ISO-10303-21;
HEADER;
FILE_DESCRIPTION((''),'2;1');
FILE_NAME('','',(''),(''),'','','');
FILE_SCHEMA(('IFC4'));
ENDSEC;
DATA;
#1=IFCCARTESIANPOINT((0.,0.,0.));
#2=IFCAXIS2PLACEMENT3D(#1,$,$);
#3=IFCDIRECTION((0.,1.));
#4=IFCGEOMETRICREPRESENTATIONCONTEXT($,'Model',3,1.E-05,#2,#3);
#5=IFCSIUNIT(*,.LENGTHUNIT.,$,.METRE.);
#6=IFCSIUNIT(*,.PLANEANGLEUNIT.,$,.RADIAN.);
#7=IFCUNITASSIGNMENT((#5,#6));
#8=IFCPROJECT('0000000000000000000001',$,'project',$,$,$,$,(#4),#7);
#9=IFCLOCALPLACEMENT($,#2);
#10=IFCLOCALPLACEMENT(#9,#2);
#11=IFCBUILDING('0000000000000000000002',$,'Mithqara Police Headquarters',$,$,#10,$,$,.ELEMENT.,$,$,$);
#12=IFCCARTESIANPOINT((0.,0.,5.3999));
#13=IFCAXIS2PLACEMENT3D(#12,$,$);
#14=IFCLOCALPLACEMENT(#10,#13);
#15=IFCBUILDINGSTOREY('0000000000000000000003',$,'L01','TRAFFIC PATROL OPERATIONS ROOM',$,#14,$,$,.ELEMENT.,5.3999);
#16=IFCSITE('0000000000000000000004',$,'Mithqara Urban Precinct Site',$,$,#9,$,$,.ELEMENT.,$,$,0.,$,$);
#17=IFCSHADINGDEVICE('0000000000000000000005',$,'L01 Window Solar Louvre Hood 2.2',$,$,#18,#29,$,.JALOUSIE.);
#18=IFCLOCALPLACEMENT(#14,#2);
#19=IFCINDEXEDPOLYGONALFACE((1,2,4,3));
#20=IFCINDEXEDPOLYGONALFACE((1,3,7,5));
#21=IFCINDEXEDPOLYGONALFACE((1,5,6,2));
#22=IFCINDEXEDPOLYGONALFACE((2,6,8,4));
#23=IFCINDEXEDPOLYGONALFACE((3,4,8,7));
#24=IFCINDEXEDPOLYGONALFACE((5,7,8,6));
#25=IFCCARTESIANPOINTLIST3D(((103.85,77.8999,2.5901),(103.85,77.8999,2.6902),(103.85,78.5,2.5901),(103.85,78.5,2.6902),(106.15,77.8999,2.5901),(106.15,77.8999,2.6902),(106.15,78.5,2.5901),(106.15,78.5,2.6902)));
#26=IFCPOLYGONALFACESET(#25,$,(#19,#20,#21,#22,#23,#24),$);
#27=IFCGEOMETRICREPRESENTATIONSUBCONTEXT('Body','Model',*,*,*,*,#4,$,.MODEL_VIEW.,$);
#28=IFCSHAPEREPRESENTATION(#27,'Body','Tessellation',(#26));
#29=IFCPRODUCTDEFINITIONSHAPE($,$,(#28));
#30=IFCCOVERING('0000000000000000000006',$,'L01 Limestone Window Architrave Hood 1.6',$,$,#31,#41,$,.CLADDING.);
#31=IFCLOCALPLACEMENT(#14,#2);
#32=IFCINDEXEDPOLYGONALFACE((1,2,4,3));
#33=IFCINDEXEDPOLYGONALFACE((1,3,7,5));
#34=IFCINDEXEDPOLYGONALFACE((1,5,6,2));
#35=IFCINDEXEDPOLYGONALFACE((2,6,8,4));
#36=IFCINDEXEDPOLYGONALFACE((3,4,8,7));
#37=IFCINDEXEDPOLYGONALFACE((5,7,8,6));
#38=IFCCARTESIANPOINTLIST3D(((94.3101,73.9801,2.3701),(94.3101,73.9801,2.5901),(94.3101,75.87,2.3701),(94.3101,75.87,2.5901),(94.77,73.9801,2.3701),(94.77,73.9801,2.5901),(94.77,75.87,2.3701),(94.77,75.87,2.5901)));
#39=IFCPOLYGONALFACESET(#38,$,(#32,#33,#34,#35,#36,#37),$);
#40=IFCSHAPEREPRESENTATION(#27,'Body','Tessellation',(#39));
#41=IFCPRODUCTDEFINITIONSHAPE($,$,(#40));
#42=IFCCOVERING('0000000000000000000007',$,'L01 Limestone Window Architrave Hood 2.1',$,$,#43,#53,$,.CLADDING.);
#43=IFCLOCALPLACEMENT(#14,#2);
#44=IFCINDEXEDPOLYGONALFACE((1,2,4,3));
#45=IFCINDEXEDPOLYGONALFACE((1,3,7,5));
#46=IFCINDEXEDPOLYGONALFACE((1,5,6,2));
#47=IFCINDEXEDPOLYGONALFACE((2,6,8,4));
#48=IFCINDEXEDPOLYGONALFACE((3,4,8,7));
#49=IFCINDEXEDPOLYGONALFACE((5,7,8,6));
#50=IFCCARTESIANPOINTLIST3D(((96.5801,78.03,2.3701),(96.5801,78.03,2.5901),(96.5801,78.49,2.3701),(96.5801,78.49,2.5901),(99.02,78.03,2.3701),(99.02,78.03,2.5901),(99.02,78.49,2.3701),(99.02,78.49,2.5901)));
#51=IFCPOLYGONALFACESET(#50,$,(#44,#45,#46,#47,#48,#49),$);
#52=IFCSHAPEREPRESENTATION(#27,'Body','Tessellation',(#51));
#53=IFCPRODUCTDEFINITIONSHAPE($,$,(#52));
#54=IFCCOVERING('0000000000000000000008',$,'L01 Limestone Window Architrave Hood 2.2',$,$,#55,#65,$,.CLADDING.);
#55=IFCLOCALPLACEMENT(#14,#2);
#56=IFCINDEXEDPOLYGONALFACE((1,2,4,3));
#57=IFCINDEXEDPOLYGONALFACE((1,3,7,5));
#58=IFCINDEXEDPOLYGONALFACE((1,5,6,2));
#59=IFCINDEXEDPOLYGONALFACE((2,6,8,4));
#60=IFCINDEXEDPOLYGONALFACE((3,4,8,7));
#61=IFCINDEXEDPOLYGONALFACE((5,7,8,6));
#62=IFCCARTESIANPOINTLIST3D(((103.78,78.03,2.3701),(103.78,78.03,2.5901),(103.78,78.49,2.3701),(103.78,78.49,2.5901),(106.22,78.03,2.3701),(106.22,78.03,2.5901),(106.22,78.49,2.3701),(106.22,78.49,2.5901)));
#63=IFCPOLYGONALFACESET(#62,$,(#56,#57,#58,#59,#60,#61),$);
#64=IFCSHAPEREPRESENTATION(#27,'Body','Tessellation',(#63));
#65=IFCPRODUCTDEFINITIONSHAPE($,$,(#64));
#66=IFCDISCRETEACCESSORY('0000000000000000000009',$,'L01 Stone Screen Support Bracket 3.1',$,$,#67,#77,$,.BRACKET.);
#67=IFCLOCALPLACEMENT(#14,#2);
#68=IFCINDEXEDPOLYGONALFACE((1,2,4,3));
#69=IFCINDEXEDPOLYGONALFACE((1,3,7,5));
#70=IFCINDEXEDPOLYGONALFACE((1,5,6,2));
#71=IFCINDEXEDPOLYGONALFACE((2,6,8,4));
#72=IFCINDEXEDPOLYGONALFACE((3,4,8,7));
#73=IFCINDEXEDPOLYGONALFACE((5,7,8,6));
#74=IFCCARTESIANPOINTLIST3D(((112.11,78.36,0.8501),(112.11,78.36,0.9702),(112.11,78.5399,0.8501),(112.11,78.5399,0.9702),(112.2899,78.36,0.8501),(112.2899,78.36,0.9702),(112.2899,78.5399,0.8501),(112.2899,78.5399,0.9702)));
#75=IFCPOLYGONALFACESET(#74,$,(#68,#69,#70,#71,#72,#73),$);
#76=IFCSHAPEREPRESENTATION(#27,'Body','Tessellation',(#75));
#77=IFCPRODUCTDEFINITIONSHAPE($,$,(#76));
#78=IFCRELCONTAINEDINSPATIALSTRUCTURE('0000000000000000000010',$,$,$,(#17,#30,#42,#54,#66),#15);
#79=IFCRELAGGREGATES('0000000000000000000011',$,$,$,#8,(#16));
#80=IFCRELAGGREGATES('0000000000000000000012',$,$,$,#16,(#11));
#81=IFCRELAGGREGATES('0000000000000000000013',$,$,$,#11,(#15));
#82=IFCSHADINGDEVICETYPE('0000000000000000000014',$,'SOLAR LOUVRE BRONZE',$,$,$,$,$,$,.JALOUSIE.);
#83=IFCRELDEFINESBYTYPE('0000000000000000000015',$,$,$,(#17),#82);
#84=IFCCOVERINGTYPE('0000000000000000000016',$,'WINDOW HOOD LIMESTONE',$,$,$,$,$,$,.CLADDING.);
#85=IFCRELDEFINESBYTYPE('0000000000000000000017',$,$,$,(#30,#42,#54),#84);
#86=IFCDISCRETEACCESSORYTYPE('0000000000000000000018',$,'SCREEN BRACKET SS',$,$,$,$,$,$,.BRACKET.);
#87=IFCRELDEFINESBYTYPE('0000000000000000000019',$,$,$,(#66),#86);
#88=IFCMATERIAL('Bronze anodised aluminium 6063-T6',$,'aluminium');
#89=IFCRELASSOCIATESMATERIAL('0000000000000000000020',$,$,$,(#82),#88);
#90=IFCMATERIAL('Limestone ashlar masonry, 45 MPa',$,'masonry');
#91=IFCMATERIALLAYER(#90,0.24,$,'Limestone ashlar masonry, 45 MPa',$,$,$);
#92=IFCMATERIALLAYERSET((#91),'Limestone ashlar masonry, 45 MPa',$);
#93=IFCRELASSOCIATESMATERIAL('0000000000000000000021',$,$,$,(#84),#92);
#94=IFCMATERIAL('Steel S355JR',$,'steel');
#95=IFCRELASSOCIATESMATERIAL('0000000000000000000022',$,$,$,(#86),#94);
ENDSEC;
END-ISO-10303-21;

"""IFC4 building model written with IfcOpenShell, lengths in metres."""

from ifc_helpers import new_model, si_unit, direction, frame, origin, origin_2d, place, context, subcontext, project, spatial, rectangle, extrude, material, layer, layer_set, type_object, element, save


model = new_model("IFC4")

# Units and contexts
model_context = context("Model", 3, precision=1e-05, world=origin(), true_north=direction((0.0, 1.0)))
body_context = subcontext(model_context, "Body", "Model", "MODEL_VIEW")
ifc_project = project(units=[si_unit("LENGTHUNIT", "METRE"), si_unit("PLANEANGLEUNIT", "RADIAN")], contexts=[model_context])

# Site, building, storey
site_placement = place(None, origin())
site = spatial("IfcSite", under=ifc_project, at=site_placement, Name="Mithqara Urban Precinct Site", CompositionType="ELEMENT", RefElevation=0.0)
building_placement = place(site_placement, origin())
building = spatial("IfcBuilding", under=site, at=building_placement, Name="Mithqara Police Headquarters", CompositionType="ELEMENT")
storey_placement = place(building_placement, frame((0.0, 0.0, 5.3999)))
storey = spatial("IfcBuildingStorey", under=building, at=storey_placement, Name="L01", Description="TRAFFIC PATROL OPERATIONS ROOM", CompositionType="ELEMENT", Elevation=5.3999)

# Shared definitions
ifc_material_1 = material(Name="Limestone ashlar masonry, 45 MPa", Category="masonry")

# Shading device
ifc_material_2 = material(Name="Bronze anodised aluminium 6063-T6", Category="aluminium")
shading_device_type = type_object("IfcShadingDeviceType", Name="SOLAR LOUVRE BRONZE", PredefinedType="JALOUSIE", material=ifc_material_2)
shading_device_placement = place(storey_placement, frame((105.0, 78.2, 2.5901), z_axis=(0.0, 0.0, 1.0), x_axis=(1.0, 0.0, 0.0)))
element("IfcShadingDevice", 1, at=shading_device_placement, inside=storey, type_object=shading_device_type, Name="L01 Window Solar Louvre Hood 2.2", PredefinedType="JALOUSIE", context=body_context, shape_type="SweptSolid", body=[
    extrude(rectangle(XDim=2.3, YDim=0.6001, at=origin_2d()), origin(), (0.0, 0.0, 1.0), 0.1001),
])

# Coverings
ifc_layer_1 = layer(ifc_material_1, 0.24, Name="Limestone ashlar masonry, 45 MPa")
ifc_layer_set_1 = layer_set([ifc_layer_1], Name="Limestone ashlar masonry, 45 MPa")
covering_type = type_object("IfcCoveringType", Name="WINDOW HOOD LIMESTONE", PredefinedType="CLADDING", material=ifc_layer_set_1)
covering_placement = place(storey_placement, frame((94.54, 74.925, 2.3701), z_axis=(0.0, 0.0, 1.0), x_axis=(0.0, 1.0, 0.0)))
element("IfcCovering", 2, at=covering_placement, inside=storey, type_object=covering_type, Name="L01 Limestone Window Architrave Hood 1.6", PredefinedType="CLADDING", context=body_context, shape_type="SweptSolid", body=[
    extrude(rectangle(XDim=1.8899, YDim=0.46, at=origin_2d()), origin(), (0.0, 0.0, 1.0), 0.22),
])
for number, where, z_axis, x_axis, name in (
    (3, (97.8, 78.26, 2.3701), (0.0, 0.0, 1.0), (1.0, 0.0, 0.0), "L01 Limestone Window Architrave Hood 2.1"),
    (4, (105.0, 78.26, 2.3701), (0.0, 0.0, 1.0), (1.0, 0.0, 0.0), "L01 Limestone Window Architrave Hood 2.2"),
):
    element("IfcCovering", number, at=place(storey_placement, frame(where, z_axis=z_axis, x_axis=x_axis)), inside=storey, type_object=covering_type, Name=name, PredefinedType="CLADDING", context=body_context, shape_type="SweptSolid", body=[
        extrude(rectangle(XDim=2.4399, YDim=0.46, at=origin_2d()), origin(), (0.0, 0.0, 1.0), 0.22),
    ])

# Discrete accessory
ifc_material_3 = material(Name="Steel S355JR", Category="steel")
discrete_accessory_type = type_object("IfcDiscreteAccessoryType", Name="SCREEN BRACKET SS", PredefinedType="BRACKET", material=ifc_material_3)
discrete_accessory_placement = place(storey_placement, frame((112.2, 78.45, 0.8501), z_axis=(0.0, 0.0, 1.0), x_axis=(1.0, 0.0, 0.0)))
element("IfcDiscreteAccessory", 5, at=discrete_accessory_placement, inside=storey, type_object=discrete_accessory_type, Name="L01 Stone Screen Support Bracket 3.1", PredefinedType="BRACKET", context=body_context, shape_type="SweptSolid", body=[
    extrude(rectangle(XDim=0.1799, YDim=0.1799, at=origin_2d()), origin(), (0.0, 0.0, 1.0), 0.1201),
])

save(model, "model.ifc")
